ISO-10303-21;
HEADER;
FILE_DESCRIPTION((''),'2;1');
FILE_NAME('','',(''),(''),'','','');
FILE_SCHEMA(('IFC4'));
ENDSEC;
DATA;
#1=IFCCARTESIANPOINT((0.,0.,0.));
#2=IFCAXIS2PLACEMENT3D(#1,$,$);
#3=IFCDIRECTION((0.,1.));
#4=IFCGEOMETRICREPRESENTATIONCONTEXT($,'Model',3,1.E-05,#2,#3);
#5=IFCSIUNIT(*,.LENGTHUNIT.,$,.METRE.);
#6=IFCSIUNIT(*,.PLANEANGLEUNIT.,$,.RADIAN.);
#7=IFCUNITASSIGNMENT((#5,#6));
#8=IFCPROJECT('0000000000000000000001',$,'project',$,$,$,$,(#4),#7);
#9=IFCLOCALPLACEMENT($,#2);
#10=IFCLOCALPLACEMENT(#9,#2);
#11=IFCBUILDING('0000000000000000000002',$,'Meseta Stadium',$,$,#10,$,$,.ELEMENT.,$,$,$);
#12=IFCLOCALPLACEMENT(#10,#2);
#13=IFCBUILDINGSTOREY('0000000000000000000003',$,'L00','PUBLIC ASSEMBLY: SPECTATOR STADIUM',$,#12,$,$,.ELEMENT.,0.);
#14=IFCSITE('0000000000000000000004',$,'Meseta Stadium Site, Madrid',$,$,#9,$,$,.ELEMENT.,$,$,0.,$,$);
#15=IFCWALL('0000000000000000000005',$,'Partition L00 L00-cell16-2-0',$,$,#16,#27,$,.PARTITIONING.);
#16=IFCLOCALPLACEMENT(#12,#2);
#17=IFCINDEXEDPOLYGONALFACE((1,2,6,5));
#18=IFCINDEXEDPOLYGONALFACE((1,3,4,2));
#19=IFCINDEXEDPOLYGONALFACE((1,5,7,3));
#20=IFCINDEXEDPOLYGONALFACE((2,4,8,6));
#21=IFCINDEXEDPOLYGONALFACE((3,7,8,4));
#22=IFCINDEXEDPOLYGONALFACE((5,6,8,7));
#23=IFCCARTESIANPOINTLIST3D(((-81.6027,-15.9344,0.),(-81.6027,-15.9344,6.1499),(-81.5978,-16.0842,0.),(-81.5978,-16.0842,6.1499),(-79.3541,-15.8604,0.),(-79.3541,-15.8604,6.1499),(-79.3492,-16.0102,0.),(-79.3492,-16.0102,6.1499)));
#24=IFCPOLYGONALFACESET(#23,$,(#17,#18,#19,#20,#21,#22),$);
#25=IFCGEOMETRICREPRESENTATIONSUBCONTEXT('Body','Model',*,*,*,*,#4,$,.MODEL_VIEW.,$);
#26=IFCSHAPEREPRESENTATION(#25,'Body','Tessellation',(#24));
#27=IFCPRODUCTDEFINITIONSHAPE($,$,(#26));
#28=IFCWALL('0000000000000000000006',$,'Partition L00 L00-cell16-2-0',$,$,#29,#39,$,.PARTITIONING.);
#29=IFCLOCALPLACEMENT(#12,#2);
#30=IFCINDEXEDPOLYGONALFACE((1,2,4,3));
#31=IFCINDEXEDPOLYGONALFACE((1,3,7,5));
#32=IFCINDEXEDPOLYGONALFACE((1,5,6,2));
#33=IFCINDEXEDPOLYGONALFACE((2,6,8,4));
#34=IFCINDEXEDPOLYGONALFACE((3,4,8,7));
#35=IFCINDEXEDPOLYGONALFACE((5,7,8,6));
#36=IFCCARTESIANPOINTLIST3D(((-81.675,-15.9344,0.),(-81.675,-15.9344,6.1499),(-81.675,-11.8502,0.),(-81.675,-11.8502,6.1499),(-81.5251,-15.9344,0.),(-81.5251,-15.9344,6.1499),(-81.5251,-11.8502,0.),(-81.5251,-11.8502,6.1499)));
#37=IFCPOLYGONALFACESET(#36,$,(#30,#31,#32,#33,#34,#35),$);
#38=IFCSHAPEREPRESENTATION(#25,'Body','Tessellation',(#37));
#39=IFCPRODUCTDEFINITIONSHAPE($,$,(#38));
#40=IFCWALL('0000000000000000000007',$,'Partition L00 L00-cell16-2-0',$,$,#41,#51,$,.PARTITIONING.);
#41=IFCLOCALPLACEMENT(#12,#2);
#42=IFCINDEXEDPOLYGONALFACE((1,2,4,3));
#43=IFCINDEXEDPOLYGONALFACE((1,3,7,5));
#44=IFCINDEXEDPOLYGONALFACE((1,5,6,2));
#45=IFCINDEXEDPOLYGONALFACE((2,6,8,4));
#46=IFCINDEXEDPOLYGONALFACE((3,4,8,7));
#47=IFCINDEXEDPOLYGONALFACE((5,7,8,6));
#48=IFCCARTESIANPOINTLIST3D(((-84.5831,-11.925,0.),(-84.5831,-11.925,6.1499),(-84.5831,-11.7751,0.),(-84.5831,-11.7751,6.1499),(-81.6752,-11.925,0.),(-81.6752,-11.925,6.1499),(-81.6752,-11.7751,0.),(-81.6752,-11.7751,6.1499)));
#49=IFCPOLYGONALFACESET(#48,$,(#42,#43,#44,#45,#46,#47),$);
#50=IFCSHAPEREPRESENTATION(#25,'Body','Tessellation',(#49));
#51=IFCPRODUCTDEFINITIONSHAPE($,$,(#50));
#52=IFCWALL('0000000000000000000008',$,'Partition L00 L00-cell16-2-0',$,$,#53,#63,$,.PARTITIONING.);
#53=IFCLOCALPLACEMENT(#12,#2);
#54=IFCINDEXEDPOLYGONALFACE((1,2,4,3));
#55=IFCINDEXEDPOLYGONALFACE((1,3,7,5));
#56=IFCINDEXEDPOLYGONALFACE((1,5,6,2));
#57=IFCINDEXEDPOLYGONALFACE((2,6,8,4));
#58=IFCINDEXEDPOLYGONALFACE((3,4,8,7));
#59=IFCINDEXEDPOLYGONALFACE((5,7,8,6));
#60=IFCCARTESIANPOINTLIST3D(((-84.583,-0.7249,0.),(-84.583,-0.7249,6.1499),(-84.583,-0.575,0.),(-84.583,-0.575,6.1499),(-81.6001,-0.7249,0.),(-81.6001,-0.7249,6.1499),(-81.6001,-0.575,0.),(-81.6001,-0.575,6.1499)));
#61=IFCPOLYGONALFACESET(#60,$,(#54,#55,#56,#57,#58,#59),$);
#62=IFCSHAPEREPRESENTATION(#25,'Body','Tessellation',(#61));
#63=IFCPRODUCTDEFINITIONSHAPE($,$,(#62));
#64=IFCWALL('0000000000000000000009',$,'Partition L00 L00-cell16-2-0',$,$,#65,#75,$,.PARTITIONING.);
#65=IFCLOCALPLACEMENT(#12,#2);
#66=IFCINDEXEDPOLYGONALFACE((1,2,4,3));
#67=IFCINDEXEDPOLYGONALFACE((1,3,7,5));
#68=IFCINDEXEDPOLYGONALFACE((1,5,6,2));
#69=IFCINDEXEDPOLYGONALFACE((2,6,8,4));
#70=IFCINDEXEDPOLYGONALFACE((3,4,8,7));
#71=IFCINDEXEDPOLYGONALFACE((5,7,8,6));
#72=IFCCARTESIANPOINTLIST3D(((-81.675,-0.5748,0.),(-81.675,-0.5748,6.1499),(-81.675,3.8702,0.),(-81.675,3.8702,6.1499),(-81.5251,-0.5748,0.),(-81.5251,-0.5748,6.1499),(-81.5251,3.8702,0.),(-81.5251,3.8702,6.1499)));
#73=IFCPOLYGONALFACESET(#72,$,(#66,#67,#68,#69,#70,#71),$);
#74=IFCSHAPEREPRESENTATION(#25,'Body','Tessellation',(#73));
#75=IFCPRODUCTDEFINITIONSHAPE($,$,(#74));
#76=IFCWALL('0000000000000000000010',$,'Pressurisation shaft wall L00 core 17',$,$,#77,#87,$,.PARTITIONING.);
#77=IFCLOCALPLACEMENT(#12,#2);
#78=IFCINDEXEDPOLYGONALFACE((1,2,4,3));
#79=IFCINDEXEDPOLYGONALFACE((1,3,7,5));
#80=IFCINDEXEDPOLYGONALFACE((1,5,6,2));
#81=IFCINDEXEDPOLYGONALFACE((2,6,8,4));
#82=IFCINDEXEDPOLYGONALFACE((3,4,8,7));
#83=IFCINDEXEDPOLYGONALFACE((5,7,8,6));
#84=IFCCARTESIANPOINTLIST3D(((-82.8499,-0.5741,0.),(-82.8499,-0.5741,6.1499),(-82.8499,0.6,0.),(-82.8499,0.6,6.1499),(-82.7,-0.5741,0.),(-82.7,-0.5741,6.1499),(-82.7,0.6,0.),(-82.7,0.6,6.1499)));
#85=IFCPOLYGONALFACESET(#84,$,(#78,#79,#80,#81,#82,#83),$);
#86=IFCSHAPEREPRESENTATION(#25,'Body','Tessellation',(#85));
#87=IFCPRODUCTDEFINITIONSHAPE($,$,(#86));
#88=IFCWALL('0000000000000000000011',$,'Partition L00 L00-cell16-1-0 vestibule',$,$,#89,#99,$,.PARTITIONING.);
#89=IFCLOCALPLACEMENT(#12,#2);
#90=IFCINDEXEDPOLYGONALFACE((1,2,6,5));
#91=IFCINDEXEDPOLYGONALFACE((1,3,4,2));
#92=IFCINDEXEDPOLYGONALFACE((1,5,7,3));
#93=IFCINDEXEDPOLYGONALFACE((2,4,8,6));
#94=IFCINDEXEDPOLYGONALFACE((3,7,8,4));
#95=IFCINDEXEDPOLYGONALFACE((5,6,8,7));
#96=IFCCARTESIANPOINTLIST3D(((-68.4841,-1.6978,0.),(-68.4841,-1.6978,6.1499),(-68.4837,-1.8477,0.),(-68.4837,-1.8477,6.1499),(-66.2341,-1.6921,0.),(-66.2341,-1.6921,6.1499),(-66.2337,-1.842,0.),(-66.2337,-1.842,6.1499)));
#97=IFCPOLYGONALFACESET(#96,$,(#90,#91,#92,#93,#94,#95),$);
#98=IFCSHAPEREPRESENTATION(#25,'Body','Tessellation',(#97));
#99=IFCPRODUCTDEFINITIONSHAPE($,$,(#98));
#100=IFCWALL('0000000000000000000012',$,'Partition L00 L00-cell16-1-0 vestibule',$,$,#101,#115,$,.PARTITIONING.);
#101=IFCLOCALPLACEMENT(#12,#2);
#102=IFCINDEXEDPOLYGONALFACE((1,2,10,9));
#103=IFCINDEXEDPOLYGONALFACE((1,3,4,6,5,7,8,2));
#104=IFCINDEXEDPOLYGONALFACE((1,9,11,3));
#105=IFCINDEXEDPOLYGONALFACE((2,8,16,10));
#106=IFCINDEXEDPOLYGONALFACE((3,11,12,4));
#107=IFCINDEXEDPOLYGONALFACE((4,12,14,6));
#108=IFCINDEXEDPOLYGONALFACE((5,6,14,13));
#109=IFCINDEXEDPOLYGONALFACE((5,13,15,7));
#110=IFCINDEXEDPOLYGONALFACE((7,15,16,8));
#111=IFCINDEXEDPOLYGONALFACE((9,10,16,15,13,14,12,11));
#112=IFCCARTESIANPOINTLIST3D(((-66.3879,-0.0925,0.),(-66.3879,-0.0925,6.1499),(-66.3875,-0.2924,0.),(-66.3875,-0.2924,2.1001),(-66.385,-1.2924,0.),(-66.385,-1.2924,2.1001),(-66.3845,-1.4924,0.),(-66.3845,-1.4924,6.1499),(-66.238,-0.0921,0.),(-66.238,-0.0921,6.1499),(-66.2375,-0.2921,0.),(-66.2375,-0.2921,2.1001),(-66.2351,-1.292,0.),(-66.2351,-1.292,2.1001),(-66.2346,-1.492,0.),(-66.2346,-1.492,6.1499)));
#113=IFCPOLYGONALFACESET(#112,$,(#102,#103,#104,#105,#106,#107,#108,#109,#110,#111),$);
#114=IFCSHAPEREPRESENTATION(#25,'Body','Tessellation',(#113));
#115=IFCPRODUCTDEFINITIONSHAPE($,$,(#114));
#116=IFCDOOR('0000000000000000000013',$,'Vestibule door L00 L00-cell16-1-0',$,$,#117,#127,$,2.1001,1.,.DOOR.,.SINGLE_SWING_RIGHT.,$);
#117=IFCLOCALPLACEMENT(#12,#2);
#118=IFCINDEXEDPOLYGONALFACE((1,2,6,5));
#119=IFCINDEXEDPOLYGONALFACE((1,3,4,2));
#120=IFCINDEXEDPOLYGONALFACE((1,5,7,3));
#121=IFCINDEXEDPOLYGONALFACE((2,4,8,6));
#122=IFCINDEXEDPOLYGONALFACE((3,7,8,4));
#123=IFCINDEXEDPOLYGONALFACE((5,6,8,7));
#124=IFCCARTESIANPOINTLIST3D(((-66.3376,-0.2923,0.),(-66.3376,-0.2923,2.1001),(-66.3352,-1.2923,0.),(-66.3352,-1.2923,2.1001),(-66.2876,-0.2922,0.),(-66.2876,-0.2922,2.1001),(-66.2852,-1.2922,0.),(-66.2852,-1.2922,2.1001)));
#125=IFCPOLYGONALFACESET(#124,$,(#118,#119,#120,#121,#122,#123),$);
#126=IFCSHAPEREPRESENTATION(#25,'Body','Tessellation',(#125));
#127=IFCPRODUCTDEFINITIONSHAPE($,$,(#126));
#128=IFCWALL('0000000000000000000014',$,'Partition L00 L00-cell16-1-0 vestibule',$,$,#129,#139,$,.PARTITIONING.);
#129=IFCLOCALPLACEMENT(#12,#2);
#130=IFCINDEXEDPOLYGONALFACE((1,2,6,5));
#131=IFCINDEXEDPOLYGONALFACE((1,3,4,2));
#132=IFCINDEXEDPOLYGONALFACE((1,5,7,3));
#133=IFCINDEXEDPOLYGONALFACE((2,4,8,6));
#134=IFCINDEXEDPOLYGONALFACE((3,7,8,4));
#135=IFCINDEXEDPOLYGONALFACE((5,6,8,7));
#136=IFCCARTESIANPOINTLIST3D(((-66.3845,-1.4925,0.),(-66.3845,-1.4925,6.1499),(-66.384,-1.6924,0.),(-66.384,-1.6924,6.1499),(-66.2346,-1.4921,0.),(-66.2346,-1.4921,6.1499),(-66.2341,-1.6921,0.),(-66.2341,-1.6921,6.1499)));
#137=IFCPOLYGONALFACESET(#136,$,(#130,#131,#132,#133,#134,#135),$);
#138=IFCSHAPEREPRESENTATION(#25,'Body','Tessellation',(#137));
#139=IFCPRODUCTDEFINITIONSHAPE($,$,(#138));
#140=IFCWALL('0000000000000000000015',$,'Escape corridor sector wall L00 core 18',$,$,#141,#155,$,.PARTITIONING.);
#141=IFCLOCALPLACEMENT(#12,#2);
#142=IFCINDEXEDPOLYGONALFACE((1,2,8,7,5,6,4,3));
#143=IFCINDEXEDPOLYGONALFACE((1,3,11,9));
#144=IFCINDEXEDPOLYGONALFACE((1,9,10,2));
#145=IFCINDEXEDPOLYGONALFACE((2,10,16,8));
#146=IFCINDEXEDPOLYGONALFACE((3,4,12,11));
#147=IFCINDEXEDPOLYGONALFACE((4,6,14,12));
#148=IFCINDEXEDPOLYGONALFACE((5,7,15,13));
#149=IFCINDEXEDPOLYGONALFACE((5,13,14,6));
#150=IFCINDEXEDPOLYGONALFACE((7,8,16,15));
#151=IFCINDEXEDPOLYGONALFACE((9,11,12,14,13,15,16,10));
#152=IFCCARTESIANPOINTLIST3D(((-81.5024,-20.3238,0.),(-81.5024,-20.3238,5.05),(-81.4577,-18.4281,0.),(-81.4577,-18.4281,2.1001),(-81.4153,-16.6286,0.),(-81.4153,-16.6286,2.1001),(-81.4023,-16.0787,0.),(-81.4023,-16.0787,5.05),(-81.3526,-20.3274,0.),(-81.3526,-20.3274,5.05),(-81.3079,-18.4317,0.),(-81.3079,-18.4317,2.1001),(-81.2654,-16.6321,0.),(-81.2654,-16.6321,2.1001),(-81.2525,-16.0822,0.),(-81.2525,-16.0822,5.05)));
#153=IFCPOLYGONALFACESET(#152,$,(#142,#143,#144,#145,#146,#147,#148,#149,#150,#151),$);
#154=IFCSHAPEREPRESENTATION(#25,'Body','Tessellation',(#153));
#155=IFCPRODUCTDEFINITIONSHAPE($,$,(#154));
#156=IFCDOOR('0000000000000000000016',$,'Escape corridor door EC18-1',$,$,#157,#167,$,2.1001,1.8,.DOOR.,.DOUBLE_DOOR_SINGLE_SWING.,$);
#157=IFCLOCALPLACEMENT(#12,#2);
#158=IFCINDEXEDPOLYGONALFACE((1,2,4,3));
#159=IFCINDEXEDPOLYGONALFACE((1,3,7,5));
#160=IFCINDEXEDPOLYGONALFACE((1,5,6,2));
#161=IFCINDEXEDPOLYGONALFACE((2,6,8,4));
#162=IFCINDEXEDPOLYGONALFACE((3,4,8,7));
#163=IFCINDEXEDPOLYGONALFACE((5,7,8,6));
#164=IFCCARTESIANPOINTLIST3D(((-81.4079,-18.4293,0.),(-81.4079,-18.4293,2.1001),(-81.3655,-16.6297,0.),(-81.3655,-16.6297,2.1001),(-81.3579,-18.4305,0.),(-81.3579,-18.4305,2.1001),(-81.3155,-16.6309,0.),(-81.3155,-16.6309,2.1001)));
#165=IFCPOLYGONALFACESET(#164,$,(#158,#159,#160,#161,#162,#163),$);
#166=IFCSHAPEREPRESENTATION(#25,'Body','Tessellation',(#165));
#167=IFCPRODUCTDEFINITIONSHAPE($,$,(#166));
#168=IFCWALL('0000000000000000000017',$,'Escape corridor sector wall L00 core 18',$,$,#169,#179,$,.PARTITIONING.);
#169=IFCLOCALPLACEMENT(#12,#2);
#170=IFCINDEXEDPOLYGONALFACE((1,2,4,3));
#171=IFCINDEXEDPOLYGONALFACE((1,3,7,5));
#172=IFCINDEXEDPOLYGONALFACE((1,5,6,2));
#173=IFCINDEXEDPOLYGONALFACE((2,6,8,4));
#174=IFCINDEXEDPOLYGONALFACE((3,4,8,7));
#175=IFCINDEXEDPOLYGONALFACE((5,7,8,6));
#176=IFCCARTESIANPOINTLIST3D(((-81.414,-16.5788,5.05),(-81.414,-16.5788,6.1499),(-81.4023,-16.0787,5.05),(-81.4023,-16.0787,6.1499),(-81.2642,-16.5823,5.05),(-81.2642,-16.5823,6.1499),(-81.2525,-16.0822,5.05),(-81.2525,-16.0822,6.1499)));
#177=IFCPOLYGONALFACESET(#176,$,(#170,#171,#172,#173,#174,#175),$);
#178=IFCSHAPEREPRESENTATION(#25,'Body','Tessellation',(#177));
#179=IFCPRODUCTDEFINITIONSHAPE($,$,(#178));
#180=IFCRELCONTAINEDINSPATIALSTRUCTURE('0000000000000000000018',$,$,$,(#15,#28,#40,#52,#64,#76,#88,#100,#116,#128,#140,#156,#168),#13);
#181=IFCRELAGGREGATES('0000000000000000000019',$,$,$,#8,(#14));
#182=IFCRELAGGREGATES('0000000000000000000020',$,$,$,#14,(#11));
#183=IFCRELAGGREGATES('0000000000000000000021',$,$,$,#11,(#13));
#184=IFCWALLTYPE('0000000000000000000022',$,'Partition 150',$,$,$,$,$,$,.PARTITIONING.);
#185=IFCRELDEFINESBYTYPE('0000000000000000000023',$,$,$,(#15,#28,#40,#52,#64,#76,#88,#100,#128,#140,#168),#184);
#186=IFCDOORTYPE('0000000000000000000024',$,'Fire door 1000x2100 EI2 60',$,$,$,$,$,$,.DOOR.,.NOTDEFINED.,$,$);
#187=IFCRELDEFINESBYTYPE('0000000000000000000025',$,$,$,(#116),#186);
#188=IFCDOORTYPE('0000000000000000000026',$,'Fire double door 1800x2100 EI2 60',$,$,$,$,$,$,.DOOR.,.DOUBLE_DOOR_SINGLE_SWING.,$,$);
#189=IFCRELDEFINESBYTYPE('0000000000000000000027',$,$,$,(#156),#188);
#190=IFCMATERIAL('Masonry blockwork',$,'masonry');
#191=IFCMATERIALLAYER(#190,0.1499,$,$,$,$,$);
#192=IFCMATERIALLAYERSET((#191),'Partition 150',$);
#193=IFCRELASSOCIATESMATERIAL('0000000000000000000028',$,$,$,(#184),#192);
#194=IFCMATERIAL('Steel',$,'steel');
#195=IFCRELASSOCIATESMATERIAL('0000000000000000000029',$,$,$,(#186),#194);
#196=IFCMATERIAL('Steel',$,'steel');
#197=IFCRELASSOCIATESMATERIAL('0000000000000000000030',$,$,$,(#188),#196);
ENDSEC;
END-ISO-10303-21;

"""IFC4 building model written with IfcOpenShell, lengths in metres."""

from ifc_helpers import new_model, si_unit, direction, frame, frame_2d, origin, place, context, subcontext, project, spatial, rectangle, extrude, material, layer, layer_set, type_object, element, fill, save


model = new_model("IFC4")

# Units and contexts
model_context = context("Model", 3, precision=1e-05, world=origin(), true_north=direction((0.0, 1.0)))
body_context = subcontext(model_context, "Body", "Model", "MODEL_VIEW")
ifc_project = project(units=[si_unit("LENGTHUNIT", "METRE"), si_unit("PLANEANGLEUNIT", "RADIAN")], contexts=[model_context])

# Site, building, storey
site_placement = place(None, origin())
site = spatial("IfcSite", under=ifc_project, at=site_placement, Name="Meseta Stadium Site, Madrid", CompositionType="ELEMENT", RefElevation=0.0)
building_placement = place(site_placement, origin())
building = spatial("IfcBuilding", under=site, at=building_placement, Name="Meseta Stadium", CompositionType="ELEMENT")
storey_placement = place(building_placement, origin())
storey = spatial("IfcBuildingStorey", under=building, at=storey_placement, Name="L00", Description="PUBLIC ASSEMBLY: SPECTATOR STADIUM", CompositionType="ELEMENT", Elevation=0.0)

# Walls
ifc_material_1 = material(Name="Masonry blockwork", Category="masonry")
ifc_layer = layer(ifc_material_1, 0.1499)
ifc_layer_set = layer_set([ifc_layer], Name="Partition 150")
wall_type = type_object("IfcWallType", Name="Partition 150", PredefinedType="PARTITIONING", material=ifc_layer_set)
wall_1_placement = place(storey_placement, frame((-79.3516, -15.9353, 0.0), z_axis=(0.0, 0.0, 1.0), x_axis=(-0.999459, -0.032881, 0.0)))
element("IfcWall", 1, at=wall_1_placement, inside=storey, type_object=wall_type, Name="Partition L00 L00-cell16-2-0", PredefinedType="PARTITIONING", context=body_context, shape_type="SweptSolid", body=[
    extrude(rectangle(XDim=2.2498, YDim=0.1499, at=frame_2d((1.125, 0.0))), origin(), (0.0, 0.0, 1.0), 6.1499),
])
wall_2_placement = place(storey_placement, frame((-81.6001, -15.9343, 0.0), z_axis=(0.0, 0.0, 1.0), x_axis=(0.0, 1.0, 0.0)))
element("IfcWall", 2, at=wall_2_placement, inside=storey, type_object=wall_type, Name="Partition L00 L00-cell16-2-0", PredefinedType="PARTITIONING", context=body_context, shape_type="SweptSolid", body=[
    extrude(rectangle(XDim=4.0842, YDim=0.1499, at=frame_2d((2.042, 0.0))), origin(), (0.0, 0.0, 1.0), 6.1499),
])
wall_3_placement = place(storey_placement, frame((-81.675, -11.8501, 0.0), z_axis=(0.0, 0.0, 1.0), x_axis=(-1.0, 0.0, 0.0)))
element("IfcWall", 3, at=wall_3_placement, inside=storey, type_object=wall_type, Name="Partition L00 L00-cell16-2-0", PredefinedType="PARTITIONING", context=body_context, shape_type="SweptSolid", body=[
    extrude(rectangle(XDim=2.908, YDim=0.1499, at=frame_2d((1.4541, 0.0))), origin(), (0.0, 0.0, 1.0), 6.1499),
])
wall_4_placement = place(storey_placement, frame((-84.583, -0.6499, 0.0), z_axis=(0.0, 0.0, 1.0), x_axis=(1.0, 0.0, 0.0)))
element("IfcWall", 4, at=wall_4_placement, inside=storey, type_object=wall_type, Name="Partition L00 L00-cell16-2-0", PredefinedType="PARTITIONING", context=body_context, shape_type="SweptSolid", body=[
    extrude(rectangle(XDim=2.9829, YDim=0.1499, at=frame_2d((1.4915, 0.0))), origin(), (0.0, 0.0, 1.0), 6.1499),
])
wall_5_placement = place(storey_placement, frame((-81.6001, -0.575, 0.0), z_axis=(0.0, 0.0, 1.0), x_axis=(0.0, 1.0, 0.0)))
element("IfcWall", 5, at=wall_5_placement, inside=storey, type_object=wall_type, Name="Partition L00 L00-cell16-2-0", PredefinedType="PARTITIONING", context=body_context, shape_type="SweptSolid", body=[
    extrude(rectangle(XDim=4.4451, YDim=0.1499, at=frame_2d((2.2227, 0.0))), origin(), (0.0, 0.0, 1.0), 6.1499),
])
wall_6_placement = place(storey_placement, frame((-82.7749, -0.574, 0.0), z_axis=(0.0, 0.0, 1.0), x_axis=(0.0, 1.0, 0.0)))
element("IfcWall", 6, at=wall_6_placement, inside=storey, type_object=wall_type, Name="Pressurisation shaft wall L00 core 17", PredefinedType="PARTITIONING", context=body_context, shape_type="SweptSolid", body=[
    extrude(rectangle(XDim=1.1741, YDim=0.1499, at=frame_2d((0.5869, 0.0))), origin(), (0.0, 0.0, 1.0), 6.1499),
])
wall_7_placement = place(storey_placement, frame((-68.4839, -1.7727, 0.0), z_axis=(0.0, 0.0, 1.0), x_axis=(0.999997, 0.002496, 0.0)))
element("IfcWall", 7, at=wall_7_placement, inside=storey, type_object=wall_type, Name="Partition L00 L00-cell16-1-0 vestibule", PredefinedType="PARTITIONING", context=body_context, shape_type="SweptSolid", body=[
    extrude(rectangle(XDim=2.25, YDim=0.1499, at=frame_2d((1.125, 0.0))), origin(), (0.0, 0.0, 1.0), 6.1499),
])

# Wall, opening, door
wall_8_placement = place(storey_placement, frame((-66.313, -0.0923, 0.0), z_axis=(0.0, 0.0, 1.0), x_axis=(0.002442, -0.999997, 0.0)))
wall_8 = element("IfcWall", 8, at=wall_8_placement, inside=storey, type_object=wall_type, Name="Partition L00 L00-cell16-1-0 vestibule", PredefinedType="PARTITIONING", context=body_context, shape_type="SweptSolid", body=[
    extrude(rectangle(XDim=1.3999, YDim=0.1499, at=frame_2d((0.7, 0.0))), origin(), (0.0, 0.0, 1.0), 6.1499),
])
opening_1_placement = place(wall_8_placement, frame((0.2, 0.0, 0.0)))
opening_1 = element("IfcOpeningElement", 9, at=opening_1_placement, cuts=wall_8, PredefinedType="OPENING", context=body_context, shape_type="SweptSolid", body=[
    extrude(rectangle(XDim=1.0, YDim=2.1001, at=frame_2d((0.5, 1.05))), frame((0.0, 0.085, 0.0), z_axis=(0.0, -1.0, 0.0), x_axis=(1.0, 0.0, 0.0)), (0.0, 0.0, 1.0), 0.1699),
])
ifc_material_2 = material(Name="Steel", Category="steel")
door_type_1 = type_object("IfcDoorType", Name="Fire door 1000x2100 EI2 60", OperationType="NOTDEFINED", PredefinedType="DOOR", material=ifc_material_2)
door_1_placement = place(opening_1_placement, origin())
door_1 = element("IfcDoor", 10, at=door_1_placement, inside=storey, type_object=door_type_1, Name="Vestibule door L00 L00-cell16-1-0", OperationType="SINGLE_SWING_RIGHT", OverallHeight=2.1001, OverallWidth=1.0, PredefinedType="DOOR", context=body_context, shape_type="SweptSolid", body=[
    extrude(rectangle(XDim=1.0, YDim=2.1001, at=frame_2d((0.5, 1.05))), frame((0.0, 0.0249, 0.0), z_axis=(0.0, -1.0, 0.0), x_axis=(1.0, 0.0, 0.0)), (0.0, 0.0, 1.0), 0.05),
])
fill(opening_1, door_1)

# Wall
wall_9_placement = place(storey_placement, frame((-66.3096, -1.4922, 0.0), z_axis=(0.0, 0.0, 1.0), x_axis=(0.002442, -0.999997, 0.0)))
element("IfcWall", 11, at=wall_9_placement, inside=storey, type_object=wall_type, Name="Partition L00 L00-cell16-1-0 vestibule", PredefinedType="PARTITIONING", context=body_context, shape_type="SweptSolid", body=[
    extrude(rectangle(XDim=0.2, YDim=0.1499, at=frame_2d((0.1001, 0.0))), origin(), (0.0, 0.0, 1.0), 6.1499),
])

# Wall, opening, door
wall_10_placement = place(storey_placement, frame((-81.3274, -16.0806, 0.0), z_axis=(0.0, 0.0, 1.0), x_axis=(-0.023573, -0.999722, 0.0)))
wall_10 = element("IfcWall", 12, at=wall_10_placement, inside=storey, type_object=wall_type, Name="Escape corridor sector wall L00 core 18", PredefinedType="PARTITIONING", context=body_context, shape_type="SweptSolid", body=[
    extrude(rectangle(XDim=4.2463, YDim=0.1499, at=frame_2d((2.123, 0.0))), origin(), (0.0, 0.0, 1.0), 5.05),
])
opening_2_placement = place(wall_10_placement, frame((0.55, 0.0, 0.0)))
opening_2 = element("IfcOpeningElement", 13, at=opening_2_placement, cuts=wall_10, PredefinedType="OPENING", context=body_context, shape_type="SweptSolid", body=[
    extrude(rectangle(XDim=1.8, YDim=2.1001, at=frame_2d((0.8999, 1.05))), frame((0.0, 0.085, 0.0), z_axis=(0.0, -1.0, 0.0), x_axis=(1.0, 0.0, 0.0)), (0.0, 0.0, 1.0), 0.1699),
])
ifc_material_3 = material(Name="Steel", Category="steel")
door_type_2 = type_object("IfcDoorType", Name="Fire double door 1800x2100 EI2 60", OperationType="DOUBLE_DOOR_SINGLE_SWING", PredefinedType="DOOR", material=ifc_material_3)
door_2_placement = place(opening_2_placement, origin())
door_2 = element("IfcDoor", 14, at=door_2_placement, inside=storey, type_object=door_type_2, Name="Escape corridor door EC18-1", OperationType="DOUBLE_DOOR_SINGLE_SWING", OverallHeight=2.1001, OverallWidth=1.8, PredefinedType="DOOR", context=body_context, shape_type="SweptSolid", body=[
    extrude(rectangle(XDim=1.8, YDim=2.1001, at=frame_2d((0.8999, 1.05))), frame((0.0, 0.0249, 0.0), z_axis=(0.0, -1.0, 0.0), x_axis=(1.0, 0.0, 0.0)), (0.0, 0.0, 1.0), 0.05),
])
fill(opening_2, door_2)

# Wall
wall_11_placement = place(storey_placement, frame((-81.3274, -16.0806, 5.05), z_axis=(0.0, 0.0, 1.0), x_axis=(-0.023431, -0.999725, 0.0)))
element("IfcWall", 15, at=wall_11_placement, inside=storey, type_object=wall_type, Name="Escape corridor sector wall L00 core 18", PredefinedType="PARTITIONING", context=body_context, shape_type="SweptSolid", body=[
    extrude(rectangle(XDim=0.5002, YDim=0.1499, at=frame_2d((0.25, 0.0))), origin(), (0.0, 0.0, 1.0), 1.0999),
])

save(model, "model.ifc")
